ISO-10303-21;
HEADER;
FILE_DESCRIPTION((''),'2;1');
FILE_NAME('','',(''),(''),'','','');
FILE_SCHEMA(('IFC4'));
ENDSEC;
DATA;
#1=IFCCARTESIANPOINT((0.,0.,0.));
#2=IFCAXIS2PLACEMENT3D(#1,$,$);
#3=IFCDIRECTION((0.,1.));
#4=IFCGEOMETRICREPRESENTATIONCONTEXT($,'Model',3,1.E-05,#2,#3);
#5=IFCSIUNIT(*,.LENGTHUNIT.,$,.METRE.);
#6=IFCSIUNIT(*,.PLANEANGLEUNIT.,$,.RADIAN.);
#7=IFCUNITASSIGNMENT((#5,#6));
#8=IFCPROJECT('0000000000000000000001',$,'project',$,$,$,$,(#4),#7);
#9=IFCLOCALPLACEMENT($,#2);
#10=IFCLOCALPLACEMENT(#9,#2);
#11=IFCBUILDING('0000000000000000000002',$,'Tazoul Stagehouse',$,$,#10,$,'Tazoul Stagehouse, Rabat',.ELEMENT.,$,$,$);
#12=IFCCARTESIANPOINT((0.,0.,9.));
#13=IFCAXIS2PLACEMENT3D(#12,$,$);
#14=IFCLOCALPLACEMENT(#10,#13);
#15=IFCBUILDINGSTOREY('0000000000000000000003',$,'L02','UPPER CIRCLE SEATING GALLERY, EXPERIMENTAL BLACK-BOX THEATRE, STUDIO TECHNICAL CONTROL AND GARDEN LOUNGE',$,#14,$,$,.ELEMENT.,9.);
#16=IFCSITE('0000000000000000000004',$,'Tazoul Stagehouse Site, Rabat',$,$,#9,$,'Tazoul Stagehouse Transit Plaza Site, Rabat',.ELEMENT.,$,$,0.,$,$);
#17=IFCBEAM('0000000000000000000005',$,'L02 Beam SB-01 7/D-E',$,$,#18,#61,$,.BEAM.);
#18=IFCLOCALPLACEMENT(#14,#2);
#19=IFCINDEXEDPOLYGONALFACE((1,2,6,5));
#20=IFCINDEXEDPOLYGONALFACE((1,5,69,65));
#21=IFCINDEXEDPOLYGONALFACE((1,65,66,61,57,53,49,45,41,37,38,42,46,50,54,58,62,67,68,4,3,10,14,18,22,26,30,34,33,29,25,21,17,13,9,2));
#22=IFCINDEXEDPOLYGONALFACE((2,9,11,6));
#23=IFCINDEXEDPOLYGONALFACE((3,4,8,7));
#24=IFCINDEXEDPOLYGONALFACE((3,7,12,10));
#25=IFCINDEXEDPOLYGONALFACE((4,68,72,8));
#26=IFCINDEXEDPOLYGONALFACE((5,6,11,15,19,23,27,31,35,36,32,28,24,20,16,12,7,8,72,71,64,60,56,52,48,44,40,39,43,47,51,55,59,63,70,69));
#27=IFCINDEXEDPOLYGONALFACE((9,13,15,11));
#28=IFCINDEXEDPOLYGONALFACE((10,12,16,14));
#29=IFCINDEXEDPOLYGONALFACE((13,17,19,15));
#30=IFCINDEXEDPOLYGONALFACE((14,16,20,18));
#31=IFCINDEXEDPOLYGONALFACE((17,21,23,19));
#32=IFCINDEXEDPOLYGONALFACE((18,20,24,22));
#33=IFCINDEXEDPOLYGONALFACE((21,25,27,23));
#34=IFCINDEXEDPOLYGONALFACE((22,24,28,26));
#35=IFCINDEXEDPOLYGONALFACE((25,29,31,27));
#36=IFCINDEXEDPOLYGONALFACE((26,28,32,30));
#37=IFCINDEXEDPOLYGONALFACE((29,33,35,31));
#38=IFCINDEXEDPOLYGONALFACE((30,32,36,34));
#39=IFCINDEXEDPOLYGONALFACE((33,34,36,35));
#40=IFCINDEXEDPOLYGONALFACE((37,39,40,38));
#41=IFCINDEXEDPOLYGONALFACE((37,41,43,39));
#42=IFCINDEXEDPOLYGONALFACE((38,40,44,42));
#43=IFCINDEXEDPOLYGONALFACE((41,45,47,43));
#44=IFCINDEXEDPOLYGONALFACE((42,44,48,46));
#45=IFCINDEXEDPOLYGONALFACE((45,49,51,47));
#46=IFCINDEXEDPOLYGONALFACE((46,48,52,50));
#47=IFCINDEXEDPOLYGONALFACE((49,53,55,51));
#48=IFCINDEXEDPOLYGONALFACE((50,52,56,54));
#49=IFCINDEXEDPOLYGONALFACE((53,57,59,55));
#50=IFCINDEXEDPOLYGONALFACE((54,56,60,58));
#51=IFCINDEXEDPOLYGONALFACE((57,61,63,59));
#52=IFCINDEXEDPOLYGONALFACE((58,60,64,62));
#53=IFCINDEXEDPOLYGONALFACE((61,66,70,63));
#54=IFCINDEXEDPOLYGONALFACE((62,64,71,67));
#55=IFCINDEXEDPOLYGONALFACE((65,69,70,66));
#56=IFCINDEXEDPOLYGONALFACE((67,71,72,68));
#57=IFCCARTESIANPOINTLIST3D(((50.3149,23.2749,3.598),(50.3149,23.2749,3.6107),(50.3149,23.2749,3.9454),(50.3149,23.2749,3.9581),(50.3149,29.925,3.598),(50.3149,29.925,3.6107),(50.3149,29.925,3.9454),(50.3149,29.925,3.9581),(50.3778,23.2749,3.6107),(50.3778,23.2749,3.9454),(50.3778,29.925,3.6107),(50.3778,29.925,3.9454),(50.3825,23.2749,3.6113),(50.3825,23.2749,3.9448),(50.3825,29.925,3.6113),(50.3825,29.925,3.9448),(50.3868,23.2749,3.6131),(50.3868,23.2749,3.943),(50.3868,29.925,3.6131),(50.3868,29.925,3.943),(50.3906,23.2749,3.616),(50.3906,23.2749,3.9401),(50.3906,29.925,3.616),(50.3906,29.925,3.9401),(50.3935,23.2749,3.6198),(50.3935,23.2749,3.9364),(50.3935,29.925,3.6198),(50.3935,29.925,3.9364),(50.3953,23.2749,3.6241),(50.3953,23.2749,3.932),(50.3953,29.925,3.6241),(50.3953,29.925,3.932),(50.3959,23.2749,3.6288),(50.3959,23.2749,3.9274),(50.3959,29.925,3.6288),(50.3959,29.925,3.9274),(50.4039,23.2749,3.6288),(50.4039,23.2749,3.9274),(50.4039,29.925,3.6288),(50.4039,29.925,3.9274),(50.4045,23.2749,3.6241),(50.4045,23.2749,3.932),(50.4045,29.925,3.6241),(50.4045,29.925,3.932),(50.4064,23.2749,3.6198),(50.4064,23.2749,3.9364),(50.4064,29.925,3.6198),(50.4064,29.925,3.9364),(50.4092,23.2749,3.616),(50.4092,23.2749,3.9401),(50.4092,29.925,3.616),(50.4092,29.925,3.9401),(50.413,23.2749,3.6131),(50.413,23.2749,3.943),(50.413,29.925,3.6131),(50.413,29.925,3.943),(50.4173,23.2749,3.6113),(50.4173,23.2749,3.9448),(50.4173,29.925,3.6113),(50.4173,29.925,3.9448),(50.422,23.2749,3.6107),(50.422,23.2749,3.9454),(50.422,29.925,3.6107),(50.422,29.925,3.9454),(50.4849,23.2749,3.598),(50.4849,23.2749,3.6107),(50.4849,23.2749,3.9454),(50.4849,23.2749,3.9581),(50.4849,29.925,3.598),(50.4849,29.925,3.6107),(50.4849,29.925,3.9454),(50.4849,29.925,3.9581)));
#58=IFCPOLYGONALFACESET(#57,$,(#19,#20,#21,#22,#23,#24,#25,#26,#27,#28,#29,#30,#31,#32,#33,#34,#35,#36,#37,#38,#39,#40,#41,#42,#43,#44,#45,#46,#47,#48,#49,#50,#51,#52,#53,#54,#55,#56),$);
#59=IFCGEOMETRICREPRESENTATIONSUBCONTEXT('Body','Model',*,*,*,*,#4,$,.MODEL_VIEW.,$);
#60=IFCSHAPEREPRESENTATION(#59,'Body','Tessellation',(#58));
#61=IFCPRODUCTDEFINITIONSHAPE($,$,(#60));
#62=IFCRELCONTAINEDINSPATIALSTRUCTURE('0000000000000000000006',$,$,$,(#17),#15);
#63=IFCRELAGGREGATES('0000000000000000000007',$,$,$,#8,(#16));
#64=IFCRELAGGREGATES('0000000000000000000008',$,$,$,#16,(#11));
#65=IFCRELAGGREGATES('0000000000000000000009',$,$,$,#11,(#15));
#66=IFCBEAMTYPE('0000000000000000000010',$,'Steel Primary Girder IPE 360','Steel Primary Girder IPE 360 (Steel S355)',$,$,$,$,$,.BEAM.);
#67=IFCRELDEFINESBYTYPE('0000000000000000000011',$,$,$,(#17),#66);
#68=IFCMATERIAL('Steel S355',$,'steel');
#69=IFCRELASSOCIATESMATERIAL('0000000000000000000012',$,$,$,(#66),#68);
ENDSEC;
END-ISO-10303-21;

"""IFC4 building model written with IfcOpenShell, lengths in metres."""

from ifc_helpers import new_model, si_unit, direction, frame, origin, origin_2d, place, context, subcontext, project, spatial, i_section, extrude, material, material_profile, profile_set, type_object, element, save


model = new_model("IFC4")

# Units and contexts
model_context = context("Model", 3, precision=1e-05, world=origin(), true_north=direction((0.0, 1.0)))
body_context = subcontext(model_context, "Body", "Model", "MODEL_VIEW")
ifc_project = project(units=[si_unit("LENGTHUNIT", "METRE"), si_unit("PLANEANGLEUNIT", "RADIAN")], contexts=[model_context])

# Site, building, storey
site_placement = place(None, origin())
site = spatial("IfcSite", under=ifc_project, at=site_placement, Name="Tazoul Stagehouse Site, Rabat", LongName="Tazoul Stagehouse Transit Plaza Site, Rabat", CompositionType="ELEMENT", RefElevation=0.0)
building_placement = place(site_placement, origin())
building = spatial("IfcBuilding", under=site, at=building_placement, Name="Tazoul Stagehouse", LongName="Tazoul Stagehouse, Rabat", CompositionType="ELEMENT")
storey_placement = place(building_placement, frame((0.0, 0.0, 9.0)))
storey = spatial("IfcBuildingStorey", under=building, at=storey_placement, Name="L02", Description="UPPER CIRCLE SEATING GALLERY, EXPERIMENTAL BLACK-BOX THEATRE, STUDIO TECHNICAL CONTROL AND GARDEN LOUNGE", CompositionType="ELEMENT", Elevation=9.0)

# Beam
ifc_material_1 = material(Name="Steel S355", Category="steel")
ifc_material_profile_1 = material_profile(ifc_material_1, i_section(OverallWidth=0.1699, OverallDepth=0.3601, WebThickness=0.0081, FlangeThickness=0.0127, FilletRadius=0.0181, at=origin_2d()), Name="IPE 360")
ifc_profile_set_1 = profile_set([ifc_material_profile_1], Name="Steel S355")
beam_type_1 = type_object("IfcBeamType", Name="Steel Primary Girder IPE 360", Description="Steel Primary Girder IPE 360 (Steel S355)", PredefinedType="BEAM", material=ifc_profile_set_1)
beam_placement = place(storey_placement, frame((50.3999, 23.2749, 3.7781), z_axis=(0.0, 1.0, 0.0), x_axis=(-1.0, 0.0, 0.0)))
element("IfcBeam", 1, at=beam_placement, inside=storey, type_object=beam_type_1, Name="L02 Beam SB-01 7/D-E", PredefinedType="BEAM", context=body_context, shape_type="SweptSolid", body=[
    extrude(i_section(OverallWidth=0.1699, OverallDepth=0.3601, WebThickness=0.0081, FlangeThickness=0.0127, FilletRadius=0.0181, at=origin_2d()), origin(), (0.0, 0.0, 1.0), 6.6501),
])

save(model, "model.ifc")
